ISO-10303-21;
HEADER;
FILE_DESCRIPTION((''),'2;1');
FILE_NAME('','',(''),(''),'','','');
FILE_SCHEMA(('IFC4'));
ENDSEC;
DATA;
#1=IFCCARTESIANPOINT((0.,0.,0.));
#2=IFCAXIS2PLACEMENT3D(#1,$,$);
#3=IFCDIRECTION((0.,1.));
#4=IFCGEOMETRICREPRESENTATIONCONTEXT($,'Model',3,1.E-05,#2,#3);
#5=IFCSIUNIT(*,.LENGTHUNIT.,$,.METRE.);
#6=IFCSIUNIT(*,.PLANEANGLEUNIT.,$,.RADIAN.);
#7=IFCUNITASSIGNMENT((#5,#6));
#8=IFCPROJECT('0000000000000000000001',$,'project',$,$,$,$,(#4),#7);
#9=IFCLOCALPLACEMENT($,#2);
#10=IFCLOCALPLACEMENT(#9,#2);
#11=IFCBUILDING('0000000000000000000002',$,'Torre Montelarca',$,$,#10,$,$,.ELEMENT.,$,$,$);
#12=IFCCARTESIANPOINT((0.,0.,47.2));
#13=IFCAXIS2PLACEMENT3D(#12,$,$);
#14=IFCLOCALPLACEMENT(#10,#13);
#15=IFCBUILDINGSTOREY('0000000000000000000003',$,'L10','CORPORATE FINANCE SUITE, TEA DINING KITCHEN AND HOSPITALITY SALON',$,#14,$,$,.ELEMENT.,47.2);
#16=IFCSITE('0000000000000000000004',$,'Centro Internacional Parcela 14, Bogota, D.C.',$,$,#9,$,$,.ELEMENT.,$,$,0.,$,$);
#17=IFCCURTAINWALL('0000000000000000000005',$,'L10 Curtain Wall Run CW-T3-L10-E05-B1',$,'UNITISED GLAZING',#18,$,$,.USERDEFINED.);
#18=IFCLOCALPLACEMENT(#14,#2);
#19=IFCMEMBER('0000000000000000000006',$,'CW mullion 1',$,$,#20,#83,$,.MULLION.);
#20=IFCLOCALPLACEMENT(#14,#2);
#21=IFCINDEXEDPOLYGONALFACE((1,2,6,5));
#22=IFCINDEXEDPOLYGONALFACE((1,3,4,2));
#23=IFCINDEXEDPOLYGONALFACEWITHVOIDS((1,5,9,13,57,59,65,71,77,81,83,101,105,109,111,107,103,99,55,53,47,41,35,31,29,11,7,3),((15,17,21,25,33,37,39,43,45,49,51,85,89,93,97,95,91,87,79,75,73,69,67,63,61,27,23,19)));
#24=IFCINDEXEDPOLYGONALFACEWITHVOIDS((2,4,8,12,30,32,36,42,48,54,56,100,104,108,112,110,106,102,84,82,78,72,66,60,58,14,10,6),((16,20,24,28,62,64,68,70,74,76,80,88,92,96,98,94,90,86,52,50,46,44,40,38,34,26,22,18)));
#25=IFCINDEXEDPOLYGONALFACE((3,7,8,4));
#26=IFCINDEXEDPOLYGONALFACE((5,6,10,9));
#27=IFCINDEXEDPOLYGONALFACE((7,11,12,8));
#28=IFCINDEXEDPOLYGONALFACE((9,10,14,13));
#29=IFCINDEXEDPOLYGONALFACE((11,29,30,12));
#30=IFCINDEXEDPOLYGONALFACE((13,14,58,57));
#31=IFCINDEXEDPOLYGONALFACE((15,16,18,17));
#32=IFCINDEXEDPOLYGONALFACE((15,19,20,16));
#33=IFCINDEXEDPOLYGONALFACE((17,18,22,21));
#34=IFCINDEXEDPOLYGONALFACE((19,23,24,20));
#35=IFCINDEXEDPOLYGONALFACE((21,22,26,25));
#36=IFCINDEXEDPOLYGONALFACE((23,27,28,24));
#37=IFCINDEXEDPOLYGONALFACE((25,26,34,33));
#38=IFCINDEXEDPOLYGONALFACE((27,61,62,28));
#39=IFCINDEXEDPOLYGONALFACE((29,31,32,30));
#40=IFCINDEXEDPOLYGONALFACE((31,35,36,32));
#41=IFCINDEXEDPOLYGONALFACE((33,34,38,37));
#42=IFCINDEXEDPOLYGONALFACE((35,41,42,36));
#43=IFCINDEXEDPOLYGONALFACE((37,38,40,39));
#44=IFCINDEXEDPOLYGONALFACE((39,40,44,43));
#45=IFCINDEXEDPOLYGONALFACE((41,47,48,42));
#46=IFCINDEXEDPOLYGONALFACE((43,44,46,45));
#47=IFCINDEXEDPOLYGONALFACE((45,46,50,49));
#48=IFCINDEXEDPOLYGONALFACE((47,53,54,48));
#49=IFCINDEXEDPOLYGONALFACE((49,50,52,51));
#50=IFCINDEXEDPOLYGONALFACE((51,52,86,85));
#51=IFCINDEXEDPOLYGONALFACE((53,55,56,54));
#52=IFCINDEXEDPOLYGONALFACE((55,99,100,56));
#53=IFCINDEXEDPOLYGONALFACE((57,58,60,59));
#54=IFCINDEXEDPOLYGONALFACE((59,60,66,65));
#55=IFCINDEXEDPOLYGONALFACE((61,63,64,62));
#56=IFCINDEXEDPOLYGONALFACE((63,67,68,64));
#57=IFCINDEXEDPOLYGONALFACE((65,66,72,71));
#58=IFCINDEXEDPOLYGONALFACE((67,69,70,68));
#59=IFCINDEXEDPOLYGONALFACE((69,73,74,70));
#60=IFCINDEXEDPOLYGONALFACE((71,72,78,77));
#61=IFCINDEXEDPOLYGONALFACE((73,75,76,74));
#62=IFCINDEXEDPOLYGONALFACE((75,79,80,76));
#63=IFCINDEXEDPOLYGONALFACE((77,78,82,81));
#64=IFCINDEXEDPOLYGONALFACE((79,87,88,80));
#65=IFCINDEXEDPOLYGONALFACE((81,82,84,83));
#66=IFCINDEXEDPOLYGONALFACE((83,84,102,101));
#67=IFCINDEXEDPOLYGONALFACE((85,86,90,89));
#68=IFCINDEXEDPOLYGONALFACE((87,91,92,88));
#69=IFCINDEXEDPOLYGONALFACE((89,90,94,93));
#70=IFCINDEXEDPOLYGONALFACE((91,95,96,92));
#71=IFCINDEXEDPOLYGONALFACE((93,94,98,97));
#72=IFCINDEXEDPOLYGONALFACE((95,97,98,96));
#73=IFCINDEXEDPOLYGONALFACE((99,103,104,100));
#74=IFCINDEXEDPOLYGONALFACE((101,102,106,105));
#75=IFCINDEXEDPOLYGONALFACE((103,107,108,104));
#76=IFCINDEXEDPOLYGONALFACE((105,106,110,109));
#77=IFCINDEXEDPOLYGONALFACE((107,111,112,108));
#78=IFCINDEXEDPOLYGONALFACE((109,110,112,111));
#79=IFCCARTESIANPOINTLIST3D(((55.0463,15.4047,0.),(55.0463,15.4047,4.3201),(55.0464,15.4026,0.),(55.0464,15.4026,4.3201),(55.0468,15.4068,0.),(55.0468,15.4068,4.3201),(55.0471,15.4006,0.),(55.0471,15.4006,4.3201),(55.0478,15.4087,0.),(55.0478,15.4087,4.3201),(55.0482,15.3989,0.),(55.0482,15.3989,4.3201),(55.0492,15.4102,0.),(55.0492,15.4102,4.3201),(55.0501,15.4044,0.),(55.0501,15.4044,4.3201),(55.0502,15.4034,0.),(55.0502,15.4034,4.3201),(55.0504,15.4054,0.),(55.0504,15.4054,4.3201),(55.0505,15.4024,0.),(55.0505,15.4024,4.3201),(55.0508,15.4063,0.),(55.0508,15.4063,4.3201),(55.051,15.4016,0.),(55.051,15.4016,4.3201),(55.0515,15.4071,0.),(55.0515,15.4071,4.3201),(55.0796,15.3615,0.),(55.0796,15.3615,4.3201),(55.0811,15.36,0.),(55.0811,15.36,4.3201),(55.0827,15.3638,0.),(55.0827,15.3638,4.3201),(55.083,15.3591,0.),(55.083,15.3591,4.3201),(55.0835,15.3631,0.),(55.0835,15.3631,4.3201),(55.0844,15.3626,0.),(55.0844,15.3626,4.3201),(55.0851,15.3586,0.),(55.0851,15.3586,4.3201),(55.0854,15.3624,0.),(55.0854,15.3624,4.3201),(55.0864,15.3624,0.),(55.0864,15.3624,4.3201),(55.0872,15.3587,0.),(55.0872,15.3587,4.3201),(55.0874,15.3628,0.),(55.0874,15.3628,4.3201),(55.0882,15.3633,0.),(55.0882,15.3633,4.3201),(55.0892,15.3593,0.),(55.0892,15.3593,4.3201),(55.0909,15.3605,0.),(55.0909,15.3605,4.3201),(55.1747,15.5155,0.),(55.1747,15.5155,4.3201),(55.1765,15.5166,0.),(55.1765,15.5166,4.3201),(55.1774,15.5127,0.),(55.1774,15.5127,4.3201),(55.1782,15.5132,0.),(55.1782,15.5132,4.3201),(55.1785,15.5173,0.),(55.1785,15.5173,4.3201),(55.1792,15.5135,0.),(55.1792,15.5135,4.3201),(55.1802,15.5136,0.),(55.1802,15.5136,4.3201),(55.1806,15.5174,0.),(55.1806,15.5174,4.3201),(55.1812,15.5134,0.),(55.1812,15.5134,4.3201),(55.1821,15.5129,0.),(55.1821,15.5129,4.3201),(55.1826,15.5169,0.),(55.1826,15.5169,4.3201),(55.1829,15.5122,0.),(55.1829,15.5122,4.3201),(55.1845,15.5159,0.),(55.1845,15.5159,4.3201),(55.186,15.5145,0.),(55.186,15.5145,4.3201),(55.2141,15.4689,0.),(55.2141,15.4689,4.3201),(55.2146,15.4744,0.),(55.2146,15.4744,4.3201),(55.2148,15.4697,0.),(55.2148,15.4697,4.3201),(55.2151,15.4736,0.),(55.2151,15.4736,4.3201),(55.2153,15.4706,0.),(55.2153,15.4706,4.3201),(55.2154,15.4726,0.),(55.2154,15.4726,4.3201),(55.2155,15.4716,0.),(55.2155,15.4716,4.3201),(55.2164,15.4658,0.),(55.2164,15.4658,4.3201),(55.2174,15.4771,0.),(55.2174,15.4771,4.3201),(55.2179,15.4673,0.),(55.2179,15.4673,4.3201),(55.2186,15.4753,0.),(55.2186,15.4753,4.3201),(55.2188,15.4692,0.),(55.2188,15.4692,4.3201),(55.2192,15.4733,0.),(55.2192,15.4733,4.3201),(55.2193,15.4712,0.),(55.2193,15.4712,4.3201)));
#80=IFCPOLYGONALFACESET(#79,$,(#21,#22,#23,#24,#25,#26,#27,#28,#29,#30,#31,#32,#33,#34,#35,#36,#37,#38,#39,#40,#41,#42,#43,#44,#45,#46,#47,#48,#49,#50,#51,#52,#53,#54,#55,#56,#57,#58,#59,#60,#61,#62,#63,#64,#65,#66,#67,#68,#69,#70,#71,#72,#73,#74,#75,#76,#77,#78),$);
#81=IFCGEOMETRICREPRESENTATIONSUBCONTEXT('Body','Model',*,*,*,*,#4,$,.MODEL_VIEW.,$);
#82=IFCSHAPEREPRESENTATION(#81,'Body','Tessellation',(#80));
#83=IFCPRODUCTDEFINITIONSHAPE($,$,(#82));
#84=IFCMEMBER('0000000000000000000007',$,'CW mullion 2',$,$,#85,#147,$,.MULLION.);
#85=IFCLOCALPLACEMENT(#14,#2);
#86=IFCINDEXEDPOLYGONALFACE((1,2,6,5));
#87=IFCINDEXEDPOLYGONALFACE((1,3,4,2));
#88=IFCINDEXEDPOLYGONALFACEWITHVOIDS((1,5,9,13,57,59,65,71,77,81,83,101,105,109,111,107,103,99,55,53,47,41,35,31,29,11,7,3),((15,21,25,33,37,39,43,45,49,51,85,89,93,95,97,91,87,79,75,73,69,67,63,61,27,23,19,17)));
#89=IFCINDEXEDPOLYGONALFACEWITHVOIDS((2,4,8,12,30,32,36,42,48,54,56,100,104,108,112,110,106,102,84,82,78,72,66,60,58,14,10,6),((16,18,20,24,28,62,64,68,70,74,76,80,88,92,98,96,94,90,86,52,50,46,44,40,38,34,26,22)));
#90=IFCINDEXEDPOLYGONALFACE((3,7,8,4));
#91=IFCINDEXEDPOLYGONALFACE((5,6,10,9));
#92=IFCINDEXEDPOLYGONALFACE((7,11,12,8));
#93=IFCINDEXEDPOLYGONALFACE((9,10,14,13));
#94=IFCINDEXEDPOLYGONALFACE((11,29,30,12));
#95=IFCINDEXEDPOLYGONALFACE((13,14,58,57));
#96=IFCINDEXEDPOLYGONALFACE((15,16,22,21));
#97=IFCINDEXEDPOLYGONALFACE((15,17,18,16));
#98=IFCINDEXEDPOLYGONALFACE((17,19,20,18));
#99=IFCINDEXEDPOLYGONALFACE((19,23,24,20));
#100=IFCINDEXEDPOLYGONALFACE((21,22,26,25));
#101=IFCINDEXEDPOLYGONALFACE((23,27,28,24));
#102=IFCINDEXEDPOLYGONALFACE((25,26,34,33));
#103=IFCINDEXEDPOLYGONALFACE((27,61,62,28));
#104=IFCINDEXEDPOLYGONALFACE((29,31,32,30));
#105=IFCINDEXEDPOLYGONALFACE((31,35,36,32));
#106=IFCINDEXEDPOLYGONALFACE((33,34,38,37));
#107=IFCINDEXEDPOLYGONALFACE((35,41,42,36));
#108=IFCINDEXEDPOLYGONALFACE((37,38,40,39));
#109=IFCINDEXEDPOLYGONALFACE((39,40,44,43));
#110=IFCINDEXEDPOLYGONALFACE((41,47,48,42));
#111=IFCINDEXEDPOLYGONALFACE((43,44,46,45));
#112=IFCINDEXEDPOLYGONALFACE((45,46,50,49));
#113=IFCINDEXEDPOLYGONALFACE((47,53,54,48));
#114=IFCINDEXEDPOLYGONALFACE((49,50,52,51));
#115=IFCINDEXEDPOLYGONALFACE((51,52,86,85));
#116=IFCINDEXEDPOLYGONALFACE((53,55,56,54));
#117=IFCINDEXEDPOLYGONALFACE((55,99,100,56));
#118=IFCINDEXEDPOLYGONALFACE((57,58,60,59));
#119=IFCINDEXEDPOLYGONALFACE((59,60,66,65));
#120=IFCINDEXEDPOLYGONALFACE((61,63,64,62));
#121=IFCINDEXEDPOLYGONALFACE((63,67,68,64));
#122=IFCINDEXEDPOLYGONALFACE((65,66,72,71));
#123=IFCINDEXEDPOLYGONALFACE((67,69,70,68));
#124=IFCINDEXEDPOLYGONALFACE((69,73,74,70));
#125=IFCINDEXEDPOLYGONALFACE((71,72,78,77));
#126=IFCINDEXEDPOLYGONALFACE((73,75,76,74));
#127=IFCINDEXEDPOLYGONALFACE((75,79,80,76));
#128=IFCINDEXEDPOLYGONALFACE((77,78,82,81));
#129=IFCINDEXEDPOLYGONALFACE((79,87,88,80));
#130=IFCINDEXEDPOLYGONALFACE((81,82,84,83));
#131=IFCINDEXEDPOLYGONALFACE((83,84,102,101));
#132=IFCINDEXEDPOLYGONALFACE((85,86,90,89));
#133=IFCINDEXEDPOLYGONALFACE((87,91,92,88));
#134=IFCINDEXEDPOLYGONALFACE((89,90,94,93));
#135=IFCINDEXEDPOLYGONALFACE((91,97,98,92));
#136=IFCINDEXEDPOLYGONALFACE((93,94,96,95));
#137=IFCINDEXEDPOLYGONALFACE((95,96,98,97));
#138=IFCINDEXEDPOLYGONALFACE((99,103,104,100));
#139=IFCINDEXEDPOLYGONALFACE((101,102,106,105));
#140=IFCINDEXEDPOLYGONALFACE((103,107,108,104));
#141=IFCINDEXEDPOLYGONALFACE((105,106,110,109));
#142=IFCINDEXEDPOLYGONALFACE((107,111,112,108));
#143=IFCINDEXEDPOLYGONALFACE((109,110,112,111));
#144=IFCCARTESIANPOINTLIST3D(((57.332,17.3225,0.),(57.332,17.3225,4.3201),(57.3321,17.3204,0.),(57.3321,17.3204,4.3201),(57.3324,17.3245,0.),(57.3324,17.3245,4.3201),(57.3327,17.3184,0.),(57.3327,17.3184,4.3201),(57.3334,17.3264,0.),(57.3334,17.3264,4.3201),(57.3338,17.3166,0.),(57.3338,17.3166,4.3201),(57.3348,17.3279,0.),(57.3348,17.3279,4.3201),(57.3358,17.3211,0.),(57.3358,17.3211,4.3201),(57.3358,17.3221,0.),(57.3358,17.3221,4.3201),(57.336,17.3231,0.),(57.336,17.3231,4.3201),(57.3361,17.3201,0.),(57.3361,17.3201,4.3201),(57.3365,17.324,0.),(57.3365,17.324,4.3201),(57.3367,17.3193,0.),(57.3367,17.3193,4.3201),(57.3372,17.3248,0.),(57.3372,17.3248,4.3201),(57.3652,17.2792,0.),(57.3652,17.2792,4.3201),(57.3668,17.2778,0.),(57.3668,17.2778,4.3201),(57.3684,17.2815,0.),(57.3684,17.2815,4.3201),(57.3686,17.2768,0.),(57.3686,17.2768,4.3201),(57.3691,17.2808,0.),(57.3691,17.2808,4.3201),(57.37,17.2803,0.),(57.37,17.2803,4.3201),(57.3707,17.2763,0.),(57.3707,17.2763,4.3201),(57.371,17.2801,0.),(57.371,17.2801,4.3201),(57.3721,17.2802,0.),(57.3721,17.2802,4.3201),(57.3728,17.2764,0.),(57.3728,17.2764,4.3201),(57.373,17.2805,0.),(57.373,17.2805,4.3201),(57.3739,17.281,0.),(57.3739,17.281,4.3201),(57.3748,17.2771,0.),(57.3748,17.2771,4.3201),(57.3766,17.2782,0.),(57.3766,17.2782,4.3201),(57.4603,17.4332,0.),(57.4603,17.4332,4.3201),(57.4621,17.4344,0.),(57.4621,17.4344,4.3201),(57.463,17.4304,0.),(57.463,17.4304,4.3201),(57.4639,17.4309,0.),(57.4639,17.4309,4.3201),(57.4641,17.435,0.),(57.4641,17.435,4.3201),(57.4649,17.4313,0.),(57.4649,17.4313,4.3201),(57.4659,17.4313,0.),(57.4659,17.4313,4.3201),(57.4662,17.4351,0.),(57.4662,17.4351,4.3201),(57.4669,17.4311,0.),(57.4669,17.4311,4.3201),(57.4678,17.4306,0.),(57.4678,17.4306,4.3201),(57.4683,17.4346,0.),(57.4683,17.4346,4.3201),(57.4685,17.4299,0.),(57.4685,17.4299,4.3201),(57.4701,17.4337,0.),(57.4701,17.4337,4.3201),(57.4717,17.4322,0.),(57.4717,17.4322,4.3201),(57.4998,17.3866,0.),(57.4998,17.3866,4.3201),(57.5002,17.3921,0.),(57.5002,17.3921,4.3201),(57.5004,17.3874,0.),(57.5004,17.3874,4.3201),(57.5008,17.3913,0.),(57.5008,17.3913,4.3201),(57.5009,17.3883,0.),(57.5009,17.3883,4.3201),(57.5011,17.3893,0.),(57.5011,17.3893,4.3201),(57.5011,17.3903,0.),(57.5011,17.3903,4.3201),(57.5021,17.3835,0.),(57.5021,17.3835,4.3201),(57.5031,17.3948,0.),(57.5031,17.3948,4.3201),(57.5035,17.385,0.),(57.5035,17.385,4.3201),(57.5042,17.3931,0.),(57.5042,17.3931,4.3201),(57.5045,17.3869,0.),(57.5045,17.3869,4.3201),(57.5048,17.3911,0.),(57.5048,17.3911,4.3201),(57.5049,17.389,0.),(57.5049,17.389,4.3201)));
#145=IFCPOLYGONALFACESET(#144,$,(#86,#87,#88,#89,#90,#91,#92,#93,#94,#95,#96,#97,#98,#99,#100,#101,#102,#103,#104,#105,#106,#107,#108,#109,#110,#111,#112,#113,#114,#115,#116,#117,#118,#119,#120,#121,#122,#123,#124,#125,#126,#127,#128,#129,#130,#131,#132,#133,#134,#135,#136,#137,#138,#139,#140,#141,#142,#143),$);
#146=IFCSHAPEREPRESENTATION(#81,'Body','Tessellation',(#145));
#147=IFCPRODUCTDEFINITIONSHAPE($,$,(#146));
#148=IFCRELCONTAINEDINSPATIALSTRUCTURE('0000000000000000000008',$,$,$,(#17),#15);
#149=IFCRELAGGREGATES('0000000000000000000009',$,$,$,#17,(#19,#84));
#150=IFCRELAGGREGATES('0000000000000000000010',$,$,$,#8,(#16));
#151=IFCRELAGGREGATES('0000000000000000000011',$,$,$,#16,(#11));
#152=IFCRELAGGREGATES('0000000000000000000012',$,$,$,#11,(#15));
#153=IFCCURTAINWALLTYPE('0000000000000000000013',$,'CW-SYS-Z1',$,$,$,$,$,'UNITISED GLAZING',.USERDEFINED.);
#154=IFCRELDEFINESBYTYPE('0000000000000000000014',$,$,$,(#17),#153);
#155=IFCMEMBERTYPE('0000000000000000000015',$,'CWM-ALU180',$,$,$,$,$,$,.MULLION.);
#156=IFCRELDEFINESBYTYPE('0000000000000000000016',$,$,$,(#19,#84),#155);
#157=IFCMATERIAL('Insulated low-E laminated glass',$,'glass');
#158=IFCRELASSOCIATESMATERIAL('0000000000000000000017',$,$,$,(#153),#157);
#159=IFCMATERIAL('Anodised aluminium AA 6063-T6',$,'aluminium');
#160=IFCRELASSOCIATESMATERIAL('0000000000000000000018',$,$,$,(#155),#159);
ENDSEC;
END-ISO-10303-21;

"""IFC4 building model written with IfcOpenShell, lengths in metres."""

from ifc_helpers import new_model, si_unit, direction, frame, origin, origin_2d, place, context, subcontext, project, spatial, hollow_rectangle, extrude, source, transform, mapped, material, material_profile, profile_set, type_object, element, aggregate, save


model = new_model("IFC4")

# Units and contexts
model_context = context("Model", 3, precision=1e-05, world=origin(), true_north=direction((0.0, 1.0)))
body_context = subcontext(model_context, "Body", "Model", "MODEL_VIEW")
ifc_project = project(units=[si_unit("LENGTHUNIT", "METRE"), si_unit("PLANEANGLEUNIT", "RADIAN")], contexts=[model_context])

# Site, building, storey
site_placement = place(None, origin())
site = spatial("IfcSite", under=ifc_project, at=site_placement, Name="Centro Internacional Parcela 14, Bogota, D.C.", CompositionType="ELEMENT", RefElevation=0.0)
building_placement = place(site_placement, origin())
building = spatial("IfcBuilding", under=site, at=building_placement, Name="Torre Montelarca", CompositionType="ELEMENT")
storey_placement = place(building_placement, frame((0.0, 0.0, 47.2)))
storey = spatial("IfcBuildingStorey", under=building, at=storey_placement, Name="L10", Description="CORPORATE FINANCE SUITE, TEA DINING KITCHEN AND HOSPITALITY SALON", CompositionType="ELEMENT", Elevation=47.2)

# Curtain wall, members
ifc_material_1 = material(Name="Insulated low-E laminated glass", Category="glass")
curtain_wall_type = type_object("IfcCurtainWallType", Name="CW-SYS-Z1", ElementType="UNITISED GLAZING", PredefinedType="USERDEFINED", material=ifc_material_1)
ifc_material_2 = material(Name="Anodised aluminium AA 6063-T6", Category="aluminium")
ifc_material_profile_1 = material_profile(ifc_material_2, hollow_rectangle(XDim=0.0649, YDim=0.1799, WallThickness=0.0039, InnerFilletRadius=0.0039, OuterFilletRadius=0.0081, at=origin_2d()), Name="ALU65X180X4", Category="aluminium")
ifc_profile_set_1 = profile_set([ifc_material_profile_1], Name="Anodised aluminium AA 6063-T6")
member_type_1 = type_object("IfcMemberType", Name="CWM-ALU180", PredefinedType="MULLION", material=ifc_profile_set_1)
shared_shape_1 = source(origin(), body_context, "Body", "SweptSolid", [
    extrude(hollow_rectangle(XDim=0.0649, YDim=0.1799, WallThickness=0.0039, InnerFilletRadius=0.0039, OuterFilletRadius=0.0081, at=origin_2d()), origin(), (0.0, 0.0, 1.0), 4.3201),
])
curtain_wall_1_placement = place(storey_placement, origin())
curtain_wall_1 = element("IfcCurtainWall", 1, at=curtain_wall_1_placement, inside=storey, type_object=curtain_wall_type, Name="L10 Curtain Wall Run CW-T3-L10-E05-B1", ObjectType="UNITISED GLAZING", PredefinedType="USERDEFINED")
member_1_placement = place(storey_placement, frame((55.1328, 15.438, 0.0), z_axis=(0.0, 0.0, 1.0), x_axis=(-0.64279, 0.766043, 0.0)))
member_1 = element("IfcMember", 2, at=member_1_placement, type_object=member_type_1, Name="CW mullion 1", PredefinedType="MULLION", context=body_context, shape_type="MappedRepresentation", body=[
    mapped(shared_shape_1, transform((0.0, 0.0, 0.0), scale=1.0)),
])
member_2_placement = place(storey_placement, frame((57.4185, 17.3557, 0.0), z_axis=(0.0, 0.0, 1.0), x_axis=(-0.64279, 0.766043, 0.0)))
member_2 = element("IfcMember", 3, at=member_2_placement, type_object=member_type_1, Name="CW mullion 2", PredefinedType="MULLION", context=body_context, shape_type="MappedRepresentation", body=[
    mapped(shared_shape_1, transform((0.0, 0.0, 0.0), scale=1.0)),
])

aggregate(curtain_wall_1, [member_1, member_2])

save(model, "model.ifc")
